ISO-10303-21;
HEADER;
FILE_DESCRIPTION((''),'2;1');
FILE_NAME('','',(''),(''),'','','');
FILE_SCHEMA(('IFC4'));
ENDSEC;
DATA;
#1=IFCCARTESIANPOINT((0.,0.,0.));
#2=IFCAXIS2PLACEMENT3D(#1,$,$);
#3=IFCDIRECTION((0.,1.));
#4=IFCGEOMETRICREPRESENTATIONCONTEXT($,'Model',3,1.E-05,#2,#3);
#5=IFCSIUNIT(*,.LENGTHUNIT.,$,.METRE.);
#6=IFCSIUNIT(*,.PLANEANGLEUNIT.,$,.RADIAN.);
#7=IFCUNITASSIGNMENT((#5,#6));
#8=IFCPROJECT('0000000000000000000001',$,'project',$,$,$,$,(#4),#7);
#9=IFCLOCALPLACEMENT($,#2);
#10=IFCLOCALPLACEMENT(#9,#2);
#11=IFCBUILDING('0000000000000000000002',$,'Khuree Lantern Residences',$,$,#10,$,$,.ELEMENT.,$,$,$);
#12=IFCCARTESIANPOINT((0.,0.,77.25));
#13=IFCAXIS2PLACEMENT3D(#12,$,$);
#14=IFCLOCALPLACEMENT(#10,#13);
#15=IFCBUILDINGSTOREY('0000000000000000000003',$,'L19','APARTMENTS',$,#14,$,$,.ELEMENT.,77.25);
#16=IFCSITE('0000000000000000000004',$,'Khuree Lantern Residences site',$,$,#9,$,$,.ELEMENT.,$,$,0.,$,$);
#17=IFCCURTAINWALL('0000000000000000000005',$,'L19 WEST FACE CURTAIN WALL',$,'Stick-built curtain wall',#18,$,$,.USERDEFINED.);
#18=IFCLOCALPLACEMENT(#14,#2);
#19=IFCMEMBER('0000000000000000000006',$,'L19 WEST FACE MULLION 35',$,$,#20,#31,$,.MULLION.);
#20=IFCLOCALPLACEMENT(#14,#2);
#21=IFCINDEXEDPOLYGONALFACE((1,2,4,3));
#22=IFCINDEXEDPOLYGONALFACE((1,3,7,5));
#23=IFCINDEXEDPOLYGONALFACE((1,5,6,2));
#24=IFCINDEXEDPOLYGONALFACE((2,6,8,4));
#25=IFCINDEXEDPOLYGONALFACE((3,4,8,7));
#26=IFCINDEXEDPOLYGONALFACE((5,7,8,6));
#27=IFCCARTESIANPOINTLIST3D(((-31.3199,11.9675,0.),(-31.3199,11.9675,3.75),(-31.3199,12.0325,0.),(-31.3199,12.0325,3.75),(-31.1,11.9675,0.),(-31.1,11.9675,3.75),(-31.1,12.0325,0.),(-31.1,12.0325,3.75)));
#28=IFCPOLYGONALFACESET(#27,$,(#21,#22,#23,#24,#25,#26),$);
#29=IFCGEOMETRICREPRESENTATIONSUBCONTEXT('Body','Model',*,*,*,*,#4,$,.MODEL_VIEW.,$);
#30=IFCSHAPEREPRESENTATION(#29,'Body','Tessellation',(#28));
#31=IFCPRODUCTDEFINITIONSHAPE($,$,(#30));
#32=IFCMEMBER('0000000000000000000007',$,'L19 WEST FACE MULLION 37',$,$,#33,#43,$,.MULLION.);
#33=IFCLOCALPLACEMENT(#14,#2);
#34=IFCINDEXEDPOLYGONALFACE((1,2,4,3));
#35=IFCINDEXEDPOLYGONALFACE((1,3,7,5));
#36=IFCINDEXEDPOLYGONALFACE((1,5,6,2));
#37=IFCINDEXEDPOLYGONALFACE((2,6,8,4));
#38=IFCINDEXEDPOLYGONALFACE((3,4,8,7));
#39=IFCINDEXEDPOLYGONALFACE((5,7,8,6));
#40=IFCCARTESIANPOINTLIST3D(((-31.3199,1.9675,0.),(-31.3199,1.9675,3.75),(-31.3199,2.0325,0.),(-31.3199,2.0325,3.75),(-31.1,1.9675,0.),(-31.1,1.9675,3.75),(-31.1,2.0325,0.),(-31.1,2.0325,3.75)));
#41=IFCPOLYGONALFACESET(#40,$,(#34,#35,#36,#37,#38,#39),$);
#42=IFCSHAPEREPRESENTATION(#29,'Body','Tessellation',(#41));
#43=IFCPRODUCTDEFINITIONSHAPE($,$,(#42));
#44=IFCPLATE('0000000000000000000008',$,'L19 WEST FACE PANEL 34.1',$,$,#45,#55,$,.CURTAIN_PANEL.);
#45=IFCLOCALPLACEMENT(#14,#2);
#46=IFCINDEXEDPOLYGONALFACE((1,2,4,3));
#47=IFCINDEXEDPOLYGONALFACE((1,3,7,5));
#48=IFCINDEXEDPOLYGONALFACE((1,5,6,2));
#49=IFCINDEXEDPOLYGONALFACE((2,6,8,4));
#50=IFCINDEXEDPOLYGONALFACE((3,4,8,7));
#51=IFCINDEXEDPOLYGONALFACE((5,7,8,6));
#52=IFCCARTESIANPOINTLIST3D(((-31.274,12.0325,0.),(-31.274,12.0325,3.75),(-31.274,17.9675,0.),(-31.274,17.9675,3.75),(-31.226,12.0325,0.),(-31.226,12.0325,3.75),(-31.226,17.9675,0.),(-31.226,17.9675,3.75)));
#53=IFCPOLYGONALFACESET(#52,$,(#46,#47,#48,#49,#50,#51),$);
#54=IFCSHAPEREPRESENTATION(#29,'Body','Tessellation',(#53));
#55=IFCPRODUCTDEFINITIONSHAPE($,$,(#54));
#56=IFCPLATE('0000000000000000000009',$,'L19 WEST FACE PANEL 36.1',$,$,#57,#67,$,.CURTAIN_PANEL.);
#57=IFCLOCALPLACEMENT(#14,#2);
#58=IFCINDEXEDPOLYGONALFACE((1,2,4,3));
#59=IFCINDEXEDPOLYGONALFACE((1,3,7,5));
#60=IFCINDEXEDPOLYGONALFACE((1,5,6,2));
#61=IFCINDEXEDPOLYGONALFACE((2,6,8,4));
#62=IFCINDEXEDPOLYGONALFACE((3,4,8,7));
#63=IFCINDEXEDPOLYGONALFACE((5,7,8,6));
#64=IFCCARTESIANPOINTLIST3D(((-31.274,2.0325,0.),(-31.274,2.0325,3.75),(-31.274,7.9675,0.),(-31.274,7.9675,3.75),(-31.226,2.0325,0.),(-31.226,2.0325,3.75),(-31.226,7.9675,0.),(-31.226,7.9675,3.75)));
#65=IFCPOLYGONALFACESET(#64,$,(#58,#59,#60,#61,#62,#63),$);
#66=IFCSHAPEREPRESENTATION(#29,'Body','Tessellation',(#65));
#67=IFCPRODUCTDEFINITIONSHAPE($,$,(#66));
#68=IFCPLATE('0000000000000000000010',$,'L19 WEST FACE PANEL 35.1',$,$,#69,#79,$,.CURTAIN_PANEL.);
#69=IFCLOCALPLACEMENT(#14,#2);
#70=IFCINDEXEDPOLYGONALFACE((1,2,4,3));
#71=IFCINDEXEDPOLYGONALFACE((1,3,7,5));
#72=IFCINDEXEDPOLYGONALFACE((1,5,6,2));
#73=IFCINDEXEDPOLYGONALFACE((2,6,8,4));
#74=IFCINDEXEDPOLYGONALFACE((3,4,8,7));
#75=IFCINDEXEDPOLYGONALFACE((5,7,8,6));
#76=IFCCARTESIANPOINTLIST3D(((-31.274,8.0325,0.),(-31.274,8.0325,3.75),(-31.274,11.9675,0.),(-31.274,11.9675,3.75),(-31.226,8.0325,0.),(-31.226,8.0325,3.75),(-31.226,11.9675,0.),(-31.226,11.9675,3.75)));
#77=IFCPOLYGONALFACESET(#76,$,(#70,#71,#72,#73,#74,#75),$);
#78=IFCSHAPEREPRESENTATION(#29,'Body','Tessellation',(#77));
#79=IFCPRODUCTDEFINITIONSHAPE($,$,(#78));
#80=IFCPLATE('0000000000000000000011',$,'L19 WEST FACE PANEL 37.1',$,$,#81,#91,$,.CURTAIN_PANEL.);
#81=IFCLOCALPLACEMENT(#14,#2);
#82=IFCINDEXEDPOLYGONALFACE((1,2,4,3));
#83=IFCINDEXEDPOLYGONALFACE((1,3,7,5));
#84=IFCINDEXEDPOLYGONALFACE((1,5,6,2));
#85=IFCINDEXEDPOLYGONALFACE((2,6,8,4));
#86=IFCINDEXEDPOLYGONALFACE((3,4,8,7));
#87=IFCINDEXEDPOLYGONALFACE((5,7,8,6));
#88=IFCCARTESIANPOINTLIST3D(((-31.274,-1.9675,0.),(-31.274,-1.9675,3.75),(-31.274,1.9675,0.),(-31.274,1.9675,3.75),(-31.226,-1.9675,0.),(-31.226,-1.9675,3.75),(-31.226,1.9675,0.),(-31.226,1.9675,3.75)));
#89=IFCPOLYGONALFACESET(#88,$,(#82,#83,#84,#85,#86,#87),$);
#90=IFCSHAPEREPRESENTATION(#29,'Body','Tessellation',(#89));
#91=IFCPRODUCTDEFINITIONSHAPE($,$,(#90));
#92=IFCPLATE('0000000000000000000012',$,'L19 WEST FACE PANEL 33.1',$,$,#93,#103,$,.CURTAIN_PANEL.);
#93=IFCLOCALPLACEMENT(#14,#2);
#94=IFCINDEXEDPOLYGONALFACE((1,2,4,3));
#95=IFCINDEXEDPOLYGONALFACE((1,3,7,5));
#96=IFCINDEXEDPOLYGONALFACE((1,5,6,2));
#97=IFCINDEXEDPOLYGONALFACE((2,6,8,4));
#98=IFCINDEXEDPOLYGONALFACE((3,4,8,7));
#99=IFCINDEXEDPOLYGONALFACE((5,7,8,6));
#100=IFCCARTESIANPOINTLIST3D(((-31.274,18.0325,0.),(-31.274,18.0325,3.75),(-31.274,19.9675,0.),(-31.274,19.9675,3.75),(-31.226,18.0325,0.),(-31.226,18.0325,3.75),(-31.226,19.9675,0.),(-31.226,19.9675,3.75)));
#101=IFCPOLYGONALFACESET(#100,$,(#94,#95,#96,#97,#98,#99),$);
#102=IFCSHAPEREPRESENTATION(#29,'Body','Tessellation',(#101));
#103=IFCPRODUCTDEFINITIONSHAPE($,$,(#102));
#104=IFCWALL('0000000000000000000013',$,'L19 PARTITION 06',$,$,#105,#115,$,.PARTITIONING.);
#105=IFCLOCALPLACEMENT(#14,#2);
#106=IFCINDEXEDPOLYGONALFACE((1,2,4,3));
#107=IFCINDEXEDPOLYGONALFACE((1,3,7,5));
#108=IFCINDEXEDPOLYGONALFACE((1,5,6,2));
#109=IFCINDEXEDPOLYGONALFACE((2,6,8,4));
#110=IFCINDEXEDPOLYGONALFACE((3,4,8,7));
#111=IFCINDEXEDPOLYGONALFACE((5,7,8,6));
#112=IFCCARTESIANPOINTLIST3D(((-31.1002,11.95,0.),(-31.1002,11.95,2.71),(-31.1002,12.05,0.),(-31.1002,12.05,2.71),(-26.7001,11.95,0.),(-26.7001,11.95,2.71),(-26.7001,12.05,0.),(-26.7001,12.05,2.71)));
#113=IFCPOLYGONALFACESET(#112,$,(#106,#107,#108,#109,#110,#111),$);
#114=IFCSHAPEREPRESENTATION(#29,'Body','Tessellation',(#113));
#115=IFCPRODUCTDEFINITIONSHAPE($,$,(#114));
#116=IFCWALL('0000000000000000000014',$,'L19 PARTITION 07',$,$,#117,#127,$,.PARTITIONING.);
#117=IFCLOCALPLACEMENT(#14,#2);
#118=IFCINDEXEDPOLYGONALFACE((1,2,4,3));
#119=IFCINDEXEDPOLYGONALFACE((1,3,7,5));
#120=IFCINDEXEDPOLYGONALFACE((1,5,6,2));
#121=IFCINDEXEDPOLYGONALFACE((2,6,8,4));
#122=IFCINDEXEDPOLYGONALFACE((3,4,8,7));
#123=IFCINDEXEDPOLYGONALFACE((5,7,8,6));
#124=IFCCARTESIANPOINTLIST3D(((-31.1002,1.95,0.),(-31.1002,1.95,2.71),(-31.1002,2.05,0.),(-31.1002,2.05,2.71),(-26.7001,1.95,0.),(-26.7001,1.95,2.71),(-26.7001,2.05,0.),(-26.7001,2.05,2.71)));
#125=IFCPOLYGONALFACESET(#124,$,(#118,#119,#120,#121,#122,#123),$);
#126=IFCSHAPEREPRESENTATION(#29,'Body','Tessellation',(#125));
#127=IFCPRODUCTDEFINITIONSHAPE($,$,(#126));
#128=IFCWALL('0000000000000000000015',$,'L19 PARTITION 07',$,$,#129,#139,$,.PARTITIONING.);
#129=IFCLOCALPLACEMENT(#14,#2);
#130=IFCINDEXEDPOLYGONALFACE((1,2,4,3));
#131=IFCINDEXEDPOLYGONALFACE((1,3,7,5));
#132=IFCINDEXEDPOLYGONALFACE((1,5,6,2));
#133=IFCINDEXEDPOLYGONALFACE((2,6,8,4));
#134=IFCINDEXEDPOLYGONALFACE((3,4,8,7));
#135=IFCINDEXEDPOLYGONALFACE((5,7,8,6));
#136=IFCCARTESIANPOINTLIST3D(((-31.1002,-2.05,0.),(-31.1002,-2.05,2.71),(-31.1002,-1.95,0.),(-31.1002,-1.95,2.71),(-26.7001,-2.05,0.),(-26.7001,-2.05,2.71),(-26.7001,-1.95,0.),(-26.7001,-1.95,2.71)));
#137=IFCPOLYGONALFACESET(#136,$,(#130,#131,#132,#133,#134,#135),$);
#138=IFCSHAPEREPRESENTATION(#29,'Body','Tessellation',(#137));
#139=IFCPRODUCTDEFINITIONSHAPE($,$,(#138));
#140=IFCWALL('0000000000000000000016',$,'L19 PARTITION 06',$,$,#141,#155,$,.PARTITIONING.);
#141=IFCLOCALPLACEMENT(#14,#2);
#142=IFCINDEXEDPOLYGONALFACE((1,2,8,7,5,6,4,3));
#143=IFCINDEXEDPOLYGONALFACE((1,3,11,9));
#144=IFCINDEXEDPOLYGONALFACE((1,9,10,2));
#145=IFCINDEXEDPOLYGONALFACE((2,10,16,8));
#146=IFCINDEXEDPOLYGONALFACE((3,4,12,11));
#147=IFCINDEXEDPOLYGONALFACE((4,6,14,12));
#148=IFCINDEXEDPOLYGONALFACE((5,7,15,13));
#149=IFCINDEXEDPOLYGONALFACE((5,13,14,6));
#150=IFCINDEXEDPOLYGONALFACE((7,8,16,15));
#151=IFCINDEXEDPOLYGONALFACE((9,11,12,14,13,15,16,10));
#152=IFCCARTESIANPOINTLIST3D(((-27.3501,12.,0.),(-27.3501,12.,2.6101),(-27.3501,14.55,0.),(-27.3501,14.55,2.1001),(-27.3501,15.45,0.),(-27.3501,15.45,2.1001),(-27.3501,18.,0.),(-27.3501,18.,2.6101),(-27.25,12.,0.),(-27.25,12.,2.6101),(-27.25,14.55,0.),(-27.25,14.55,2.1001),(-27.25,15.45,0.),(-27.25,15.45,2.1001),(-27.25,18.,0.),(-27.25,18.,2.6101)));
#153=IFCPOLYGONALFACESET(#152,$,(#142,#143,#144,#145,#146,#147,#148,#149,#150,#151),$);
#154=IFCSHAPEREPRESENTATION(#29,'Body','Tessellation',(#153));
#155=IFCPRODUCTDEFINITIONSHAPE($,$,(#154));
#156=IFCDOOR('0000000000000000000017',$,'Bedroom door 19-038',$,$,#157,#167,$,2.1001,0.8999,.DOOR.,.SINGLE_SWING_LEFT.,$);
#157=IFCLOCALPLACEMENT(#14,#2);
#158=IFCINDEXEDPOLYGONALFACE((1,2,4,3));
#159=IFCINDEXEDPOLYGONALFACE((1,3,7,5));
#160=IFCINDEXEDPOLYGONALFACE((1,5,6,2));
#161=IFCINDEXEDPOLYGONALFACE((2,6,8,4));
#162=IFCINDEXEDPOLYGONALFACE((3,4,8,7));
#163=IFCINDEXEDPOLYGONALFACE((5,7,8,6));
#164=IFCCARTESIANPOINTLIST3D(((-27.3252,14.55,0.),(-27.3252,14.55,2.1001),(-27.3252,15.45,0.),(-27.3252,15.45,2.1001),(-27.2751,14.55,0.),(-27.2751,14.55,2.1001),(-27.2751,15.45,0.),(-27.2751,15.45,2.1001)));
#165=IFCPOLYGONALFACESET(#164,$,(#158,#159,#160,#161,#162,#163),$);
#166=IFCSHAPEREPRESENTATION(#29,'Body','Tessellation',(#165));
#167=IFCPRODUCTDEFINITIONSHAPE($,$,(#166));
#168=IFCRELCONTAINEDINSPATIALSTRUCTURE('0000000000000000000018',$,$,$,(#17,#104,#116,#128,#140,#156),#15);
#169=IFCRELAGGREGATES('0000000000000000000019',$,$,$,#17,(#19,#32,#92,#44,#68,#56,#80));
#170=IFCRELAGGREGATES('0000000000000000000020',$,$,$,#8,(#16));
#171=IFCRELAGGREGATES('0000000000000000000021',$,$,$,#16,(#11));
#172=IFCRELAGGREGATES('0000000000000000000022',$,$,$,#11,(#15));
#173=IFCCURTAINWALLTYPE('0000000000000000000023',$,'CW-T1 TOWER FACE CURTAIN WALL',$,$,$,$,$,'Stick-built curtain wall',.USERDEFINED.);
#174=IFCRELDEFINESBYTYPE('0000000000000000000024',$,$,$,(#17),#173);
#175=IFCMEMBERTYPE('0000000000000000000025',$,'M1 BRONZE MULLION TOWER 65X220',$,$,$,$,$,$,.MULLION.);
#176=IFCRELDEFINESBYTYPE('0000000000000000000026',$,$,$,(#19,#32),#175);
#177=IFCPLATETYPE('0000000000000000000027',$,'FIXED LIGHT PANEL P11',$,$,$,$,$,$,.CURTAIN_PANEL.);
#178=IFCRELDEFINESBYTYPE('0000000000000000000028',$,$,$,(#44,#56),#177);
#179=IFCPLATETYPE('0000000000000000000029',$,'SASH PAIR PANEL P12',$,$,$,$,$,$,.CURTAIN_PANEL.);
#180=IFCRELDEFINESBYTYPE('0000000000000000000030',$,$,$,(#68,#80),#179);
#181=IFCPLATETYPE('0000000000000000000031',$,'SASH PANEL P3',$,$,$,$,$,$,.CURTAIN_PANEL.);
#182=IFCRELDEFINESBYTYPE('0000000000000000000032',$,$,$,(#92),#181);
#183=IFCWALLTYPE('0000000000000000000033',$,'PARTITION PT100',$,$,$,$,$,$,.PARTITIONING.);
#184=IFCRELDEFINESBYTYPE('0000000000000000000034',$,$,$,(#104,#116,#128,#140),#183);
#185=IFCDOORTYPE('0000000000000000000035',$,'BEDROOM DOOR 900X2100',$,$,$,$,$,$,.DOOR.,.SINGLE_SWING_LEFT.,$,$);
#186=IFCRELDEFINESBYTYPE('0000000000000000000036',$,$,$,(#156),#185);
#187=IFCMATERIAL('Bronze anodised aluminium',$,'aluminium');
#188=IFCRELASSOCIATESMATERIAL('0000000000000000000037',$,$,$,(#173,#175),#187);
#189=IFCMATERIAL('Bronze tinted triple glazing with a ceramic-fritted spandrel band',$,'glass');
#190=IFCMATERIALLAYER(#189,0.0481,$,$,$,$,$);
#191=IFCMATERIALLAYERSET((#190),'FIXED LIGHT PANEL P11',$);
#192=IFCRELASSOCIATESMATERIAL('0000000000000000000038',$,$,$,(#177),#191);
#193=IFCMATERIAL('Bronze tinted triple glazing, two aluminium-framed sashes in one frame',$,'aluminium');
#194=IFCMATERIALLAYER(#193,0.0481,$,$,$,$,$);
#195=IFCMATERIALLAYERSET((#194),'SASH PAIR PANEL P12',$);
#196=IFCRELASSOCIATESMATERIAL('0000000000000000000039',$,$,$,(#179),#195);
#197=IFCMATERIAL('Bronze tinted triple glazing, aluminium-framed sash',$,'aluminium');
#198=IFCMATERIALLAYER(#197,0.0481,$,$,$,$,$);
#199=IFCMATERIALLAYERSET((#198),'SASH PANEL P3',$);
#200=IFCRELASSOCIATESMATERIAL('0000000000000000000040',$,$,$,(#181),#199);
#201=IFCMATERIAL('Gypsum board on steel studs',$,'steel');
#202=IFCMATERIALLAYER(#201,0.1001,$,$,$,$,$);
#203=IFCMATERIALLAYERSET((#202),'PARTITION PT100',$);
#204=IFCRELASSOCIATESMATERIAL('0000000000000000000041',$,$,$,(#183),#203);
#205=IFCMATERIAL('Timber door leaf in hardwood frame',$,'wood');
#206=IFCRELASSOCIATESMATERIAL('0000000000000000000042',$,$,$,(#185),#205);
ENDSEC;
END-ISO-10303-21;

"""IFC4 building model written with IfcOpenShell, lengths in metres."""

from ifc_helpers import new_model, si_unit, direction, frame, frame_2d, origin, origin_2d, place, context, subcontext, project, spatial, rectangle, extrude, material, layer, layer_set, material_profile, profile_set, type_object, element, fill, aggregate, save


model = new_model("IFC4")

# Units and contexts
model_context = context("Model", 3, precision=1e-05, world=origin(), true_north=direction((0.0, 1.0)))
body_context = subcontext(model_context, "Body", "Model", "MODEL_VIEW")
ifc_project = project(units=[si_unit("LENGTHUNIT", "METRE"), si_unit("PLANEANGLEUNIT", "RADIAN")], contexts=[model_context])

# Site, building, storey
site_placement = place(None, origin())
site = spatial("IfcSite", under=ifc_project, at=site_placement, Name="Khuree Lantern Residences site", CompositionType="ELEMENT", RefElevation=0.0)
building_placement = place(site_placement, origin())
building = spatial("IfcBuilding", under=site, at=building_placement, Name="Khuree Lantern Residences", CompositionType="ELEMENT")
storey_placement = place(building_placement, frame((0.0, 0.0, 77.25)))
storey = spatial("IfcBuildingStorey", under=building, at=storey_placement, Name="L19", Description="APARTMENTS", CompositionType="ELEMENT", Elevation=77.25)

# Curtain wall
ifc_material_1 = material(Name="Bronze anodised aluminium", Category="aluminium")
curtain_wall_type = type_object("IfcCurtainWallType", Name="CW-T1 TOWER FACE CURTAIN WALL", ElementType="Stick-built curtain wall", PredefinedType="USERDEFINED", material=ifc_material_1)
curtain_wall_placement = place(storey_placement, origin())
curtain_wall = element("IfcCurtainWall", 1, at=curtain_wall_placement, inside=storey, type_object=curtain_wall_type, Name="L19 WEST FACE CURTAIN WALL", ObjectType="Stick-built curtain wall", PredefinedType="USERDEFINED")

# Members
ifc_material_profile_1 = material_profile(ifc_material_1, rectangle(XDim=0.0649, YDim=0.22, at=origin_2d()), Name="M1 65X220")
ifc_profile_set_1 = profile_set([ifc_material_profile_1], Name="Bronze anodised aluminium")
member_type_1 = type_object("IfcMemberType", Name="M1 BRONZE MULLION TOWER 65X220", PredefinedType="MULLION", material=ifc_profile_set_1)
member_1_placement = place(storey_placement, frame((-31.21, 12.0, 0.0), z_axis=(0.0, 0.0, 1.0), x_axis=(0.0, -1.0, 0.0)))
member_1 = element("IfcMember", 2, at=member_1_placement, type_object=member_type_1, Name="L19 WEST FACE MULLION 35", PredefinedType="MULLION", context=body_context, shape_type="SweptSolid", body=[
    extrude(rectangle(XDim=0.0649, YDim=0.22, at=origin_2d()), origin(), (0.0, 0.0, 1.0), 3.75),
])
member_2_placement = place(storey_placement, frame((-31.21, 2.0, 0.0), z_axis=(0.0, 0.0, 1.0), x_axis=(0.0, -1.0, 0.0)))
member_2 = element("IfcMember", 3, at=member_2_placement, type_object=member_type_1, Name="L19 WEST FACE MULLION 37", PredefinedType="MULLION", context=body_context, shape_type="SweptSolid", body=[
    extrude(rectangle(XDim=0.0649, YDim=0.22, at=origin_2d()), origin(), (0.0, 0.0, 1.0), 3.75),
])

# Plates
ifc_material_2 = material(Name="Bronze tinted triple glazing with a ceramic-fritted spandrel band", Category="glass")
ifc_layer_1 = layer(ifc_material_2, 0.0481)
ifc_layer_set_1 = layer_set([ifc_layer_1], Name="FIXED LIGHT PANEL P11")
plate_type_1 = type_object("IfcPlateType", Name="FIXED LIGHT PANEL P11", PredefinedType="CURTAIN_PANEL", material=ifc_layer_set_1)
plate_1_placement = place(storey_placement, frame((-31.25, 15.0, 0.0), z_axis=(0.0, 0.0, 1.0), x_axis=(0.0, -1.0, 0.0)))
plate_1 = element("IfcPlate", 4, at=plate_1_placement, type_object=plate_type_1, Name="L19 WEST FACE PANEL 34.1", PredefinedType="CURTAIN_PANEL", context=body_context, shape_type="SweptSolid", body=[
    extrude(rectangle(XDim=5.9351, YDim=0.0481, at=origin_2d()), origin(), (0.0, 0.0, 1.0), 3.75),
])
plate_2_placement = place(storey_placement, frame((-31.25, 5.0, 0.0), z_axis=(0.0, 0.0, 1.0), x_axis=(0.0, -1.0, 0.0)))
plate_2 = element("IfcPlate", 5, at=plate_2_placement, type_object=plate_type_1, Name="L19 WEST FACE PANEL 36.1", PredefinedType="CURTAIN_PANEL", context=body_context, shape_type="SweptSolid", body=[
    extrude(rectangle(XDim=5.9351, YDim=0.0481, at=origin_2d()), origin(), (0.0, 0.0, 1.0), 3.75),
])
ifc_material_3 = material(Name="Bronze tinted triple glazing, two aluminium-framed sashes in one frame", Category="aluminium")
ifc_layer_2 = layer(ifc_material_3, 0.0481)
ifc_layer_set_2 = layer_set([ifc_layer_2], Name="SASH PAIR PANEL P12")
plate_type_2 = type_object("IfcPlateType", Name="SASH PAIR PANEL P12", PredefinedType="CURTAIN_PANEL", material=ifc_layer_set_2)
plate_3_placement = place(storey_placement, frame((-31.25, 10.0, 0.0), z_axis=(0.0, 0.0, 1.0), x_axis=(0.0, -1.0, 0.0)))
plate_3 = element("IfcPlate", 6, at=plate_3_placement, type_object=plate_type_2, Name="L19 WEST FACE PANEL 35.1", PredefinedType="CURTAIN_PANEL", context=body_context, shape_type="SweptSolid", body=[
    extrude(rectangle(XDim=3.9351, YDim=0.0481, at=origin_2d()), origin(), (0.0, 0.0, 1.0), 3.75),
])
plate_4_placement = place(storey_placement, frame((-31.25, 0.0, 0.0), z_axis=(0.0, 0.0, 1.0), x_axis=(0.0, -1.0, 0.0)))
plate_4 = element("IfcPlate", 7, at=plate_4_placement, type_object=plate_type_2, Name="L19 WEST FACE PANEL 37.1", PredefinedType="CURTAIN_PANEL", context=body_context, shape_type="SweptSolid", body=[
    extrude(rectangle(XDim=3.9351, YDim=0.0481, at=origin_2d()), origin(), (0.0, 0.0, 1.0), 3.75),
])
ifc_material_4 = material(Name="Bronze tinted triple glazing, aluminium-framed sash", Category="aluminium")
ifc_layer_3 = layer(ifc_material_4, 0.0481)
ifc_layer_set_3 = layer_set([ifc_layer_3], Name="SASH PANEL P3")
plate_type_3 = type_object("IfcPlateType", Name="SASH PANEL P3", PredefinedType="CURTAIN_PANEL", material=ifc_layer_set_3)
plate_5_placement = place(storey_placement, frame((-31.25, 19.0, 0.0), z_axis=(0.0, 0.0, 1.0), x_axis=(0.0, -1.0, 0.0)))
plate_5 = element("IfcPlate", 8, at=plate_5_placement, type_object=plate_type_3, Name="L19 WEST FACE PANEL 33.1", PredefinedType="CURTAIN_PANEL", context=body_context, shape_type="SweptSolid", body=[
    extrude(rectangle(XDim=1.9351, YDim=0.0481, at=origin_2d()), origin(), (0.0, 0.0, 1.0), 3.75),
])
aggregate(curtain_wall, [member_1, member_2, plate_5, plate_1, plate_3, plate_2, plate_4])

# Walls
ifc_material_5 = material(Name="Gypsum board on steel studs", Category="steel")
ifc_layer_4 = layer(ifc_material_5, 0.1001)
ifc_layer_set_4 = layer_set([ifc_layer_4], Name="PARTITION PT100")
wall_type = type_object("IfcWallType", Name="PARTITION PT100", PredefinedType="PARTITIONING", material=ifc_layer_set_4)
for number, where, z_axis, x_axis, name in (
    (9, (-26.7, 12.0, 0.0), (0.0, 0.0, 1.0), (-1.0, 0.0, 0.0), "L19 PARTITION 06"),
    (10, (-26.7, 2.0, 0.0), (0.0, 0.0, 1.0), (-1.0, 0.0, 0.0), "L19 PARTITION 07"),
    (11, (-26.7, -2.0, 0.0), (0.0, 0.0, 1.0), (-1.0, 0.0, 0.0), "L19 PARTITION 07"),
):
    element("IfcWall", number, at=place(storey_placement, frame(where, z_axis=z_axis, x_axis=x_axis)), inside=storey, type_object=wall_type, Name=name, PredefinedType="PARTITIONING", context=body_context, shape_type="SweptSolid", body=[
        extrude(rectangle(XDim=4.4001, YDim=0.1001, at=frame_2d((2.2002, 0.0))), origin(), (0.0, 0.0, 1.0), 2.71),
    ])

# Wall, opening, door
wall_1_placement = place(storey_placement, frame((-27.3, 18.0, 0.0), z_axis=(0.0, 0.0, 1.0), x_axis=(0.0, -1.0, 0.0)))
wall_1 = element("IfcWall", 12, at=wall_1_placement, inside=storey, type_object=wall_type, Name="L19 PARTITION 06", PredefinedType="PARTITIONING", context=body_context, shape_type="SweptSolid", body=[
    extrude(rectangle(XDim=6.0, YDim=0.1001, at=frame_2d((3.0, 0.0))), origin(), (0.0, 0.0, 1.0), 2.6101),
])
opening_1_placement = place(wall_1_placement, frame((2.55, 0.0, 0.0)))
opening_1 = element("IfcOpeningElement", 13, at=opening_1_placement, cuts=wall_1, PredefinedType="OPENING", context=body_context, shape_type="SweptSolid", body=[
    extrude(rectangle(XDim=0.8999, YDim=2.1001, at=frame_2d((0.45, 1.05))), frame((0.0, 0.0601, 0.0), z_axis=(0.0, -1.0, 0.0), x_axis=(1.0, 0.0, 0.0)), (0.0, 0.0, 1.0), 0.1201),
])
ifc_material_6 = material(Name="Timber door leaf in hardwood frame", Category="wood")
door_type = type_object("IfcDoorType", Name="BEDROOM DOOR 900X2100", OperationType="SINGLE_SWING_LEFT", PredefinedType="DOOR", material=ifc_material_6)
door_1_placement = place(opening_1_placement, origin())
door_1 = element("IfcDoor", 14, at=door_1_placement, inside=storey, type_object=door_type, Name="Bedroom door 19-038", OperationType="SINGLE_SWING_LEFT", OverallHeight=2.1001, OverallWidth=0.8999, PredefinedType="DOOR", context=body_context, shape_type="SweptSolid", body=[
    extrude(rectangle(XDim=0.8999, YDim=2.1001, at=frame_2d((0.45, 1.05))), frame((0.0, 0.0249, 0.0), z_axis=(0.0, -1.0, 0.0), x_axis=(1.0, 0.0, 0.0)), (0.0, 0.0, 1.0), 0.05),
])
fill(opening_1, door_1)

save(model, "model.ifc")
